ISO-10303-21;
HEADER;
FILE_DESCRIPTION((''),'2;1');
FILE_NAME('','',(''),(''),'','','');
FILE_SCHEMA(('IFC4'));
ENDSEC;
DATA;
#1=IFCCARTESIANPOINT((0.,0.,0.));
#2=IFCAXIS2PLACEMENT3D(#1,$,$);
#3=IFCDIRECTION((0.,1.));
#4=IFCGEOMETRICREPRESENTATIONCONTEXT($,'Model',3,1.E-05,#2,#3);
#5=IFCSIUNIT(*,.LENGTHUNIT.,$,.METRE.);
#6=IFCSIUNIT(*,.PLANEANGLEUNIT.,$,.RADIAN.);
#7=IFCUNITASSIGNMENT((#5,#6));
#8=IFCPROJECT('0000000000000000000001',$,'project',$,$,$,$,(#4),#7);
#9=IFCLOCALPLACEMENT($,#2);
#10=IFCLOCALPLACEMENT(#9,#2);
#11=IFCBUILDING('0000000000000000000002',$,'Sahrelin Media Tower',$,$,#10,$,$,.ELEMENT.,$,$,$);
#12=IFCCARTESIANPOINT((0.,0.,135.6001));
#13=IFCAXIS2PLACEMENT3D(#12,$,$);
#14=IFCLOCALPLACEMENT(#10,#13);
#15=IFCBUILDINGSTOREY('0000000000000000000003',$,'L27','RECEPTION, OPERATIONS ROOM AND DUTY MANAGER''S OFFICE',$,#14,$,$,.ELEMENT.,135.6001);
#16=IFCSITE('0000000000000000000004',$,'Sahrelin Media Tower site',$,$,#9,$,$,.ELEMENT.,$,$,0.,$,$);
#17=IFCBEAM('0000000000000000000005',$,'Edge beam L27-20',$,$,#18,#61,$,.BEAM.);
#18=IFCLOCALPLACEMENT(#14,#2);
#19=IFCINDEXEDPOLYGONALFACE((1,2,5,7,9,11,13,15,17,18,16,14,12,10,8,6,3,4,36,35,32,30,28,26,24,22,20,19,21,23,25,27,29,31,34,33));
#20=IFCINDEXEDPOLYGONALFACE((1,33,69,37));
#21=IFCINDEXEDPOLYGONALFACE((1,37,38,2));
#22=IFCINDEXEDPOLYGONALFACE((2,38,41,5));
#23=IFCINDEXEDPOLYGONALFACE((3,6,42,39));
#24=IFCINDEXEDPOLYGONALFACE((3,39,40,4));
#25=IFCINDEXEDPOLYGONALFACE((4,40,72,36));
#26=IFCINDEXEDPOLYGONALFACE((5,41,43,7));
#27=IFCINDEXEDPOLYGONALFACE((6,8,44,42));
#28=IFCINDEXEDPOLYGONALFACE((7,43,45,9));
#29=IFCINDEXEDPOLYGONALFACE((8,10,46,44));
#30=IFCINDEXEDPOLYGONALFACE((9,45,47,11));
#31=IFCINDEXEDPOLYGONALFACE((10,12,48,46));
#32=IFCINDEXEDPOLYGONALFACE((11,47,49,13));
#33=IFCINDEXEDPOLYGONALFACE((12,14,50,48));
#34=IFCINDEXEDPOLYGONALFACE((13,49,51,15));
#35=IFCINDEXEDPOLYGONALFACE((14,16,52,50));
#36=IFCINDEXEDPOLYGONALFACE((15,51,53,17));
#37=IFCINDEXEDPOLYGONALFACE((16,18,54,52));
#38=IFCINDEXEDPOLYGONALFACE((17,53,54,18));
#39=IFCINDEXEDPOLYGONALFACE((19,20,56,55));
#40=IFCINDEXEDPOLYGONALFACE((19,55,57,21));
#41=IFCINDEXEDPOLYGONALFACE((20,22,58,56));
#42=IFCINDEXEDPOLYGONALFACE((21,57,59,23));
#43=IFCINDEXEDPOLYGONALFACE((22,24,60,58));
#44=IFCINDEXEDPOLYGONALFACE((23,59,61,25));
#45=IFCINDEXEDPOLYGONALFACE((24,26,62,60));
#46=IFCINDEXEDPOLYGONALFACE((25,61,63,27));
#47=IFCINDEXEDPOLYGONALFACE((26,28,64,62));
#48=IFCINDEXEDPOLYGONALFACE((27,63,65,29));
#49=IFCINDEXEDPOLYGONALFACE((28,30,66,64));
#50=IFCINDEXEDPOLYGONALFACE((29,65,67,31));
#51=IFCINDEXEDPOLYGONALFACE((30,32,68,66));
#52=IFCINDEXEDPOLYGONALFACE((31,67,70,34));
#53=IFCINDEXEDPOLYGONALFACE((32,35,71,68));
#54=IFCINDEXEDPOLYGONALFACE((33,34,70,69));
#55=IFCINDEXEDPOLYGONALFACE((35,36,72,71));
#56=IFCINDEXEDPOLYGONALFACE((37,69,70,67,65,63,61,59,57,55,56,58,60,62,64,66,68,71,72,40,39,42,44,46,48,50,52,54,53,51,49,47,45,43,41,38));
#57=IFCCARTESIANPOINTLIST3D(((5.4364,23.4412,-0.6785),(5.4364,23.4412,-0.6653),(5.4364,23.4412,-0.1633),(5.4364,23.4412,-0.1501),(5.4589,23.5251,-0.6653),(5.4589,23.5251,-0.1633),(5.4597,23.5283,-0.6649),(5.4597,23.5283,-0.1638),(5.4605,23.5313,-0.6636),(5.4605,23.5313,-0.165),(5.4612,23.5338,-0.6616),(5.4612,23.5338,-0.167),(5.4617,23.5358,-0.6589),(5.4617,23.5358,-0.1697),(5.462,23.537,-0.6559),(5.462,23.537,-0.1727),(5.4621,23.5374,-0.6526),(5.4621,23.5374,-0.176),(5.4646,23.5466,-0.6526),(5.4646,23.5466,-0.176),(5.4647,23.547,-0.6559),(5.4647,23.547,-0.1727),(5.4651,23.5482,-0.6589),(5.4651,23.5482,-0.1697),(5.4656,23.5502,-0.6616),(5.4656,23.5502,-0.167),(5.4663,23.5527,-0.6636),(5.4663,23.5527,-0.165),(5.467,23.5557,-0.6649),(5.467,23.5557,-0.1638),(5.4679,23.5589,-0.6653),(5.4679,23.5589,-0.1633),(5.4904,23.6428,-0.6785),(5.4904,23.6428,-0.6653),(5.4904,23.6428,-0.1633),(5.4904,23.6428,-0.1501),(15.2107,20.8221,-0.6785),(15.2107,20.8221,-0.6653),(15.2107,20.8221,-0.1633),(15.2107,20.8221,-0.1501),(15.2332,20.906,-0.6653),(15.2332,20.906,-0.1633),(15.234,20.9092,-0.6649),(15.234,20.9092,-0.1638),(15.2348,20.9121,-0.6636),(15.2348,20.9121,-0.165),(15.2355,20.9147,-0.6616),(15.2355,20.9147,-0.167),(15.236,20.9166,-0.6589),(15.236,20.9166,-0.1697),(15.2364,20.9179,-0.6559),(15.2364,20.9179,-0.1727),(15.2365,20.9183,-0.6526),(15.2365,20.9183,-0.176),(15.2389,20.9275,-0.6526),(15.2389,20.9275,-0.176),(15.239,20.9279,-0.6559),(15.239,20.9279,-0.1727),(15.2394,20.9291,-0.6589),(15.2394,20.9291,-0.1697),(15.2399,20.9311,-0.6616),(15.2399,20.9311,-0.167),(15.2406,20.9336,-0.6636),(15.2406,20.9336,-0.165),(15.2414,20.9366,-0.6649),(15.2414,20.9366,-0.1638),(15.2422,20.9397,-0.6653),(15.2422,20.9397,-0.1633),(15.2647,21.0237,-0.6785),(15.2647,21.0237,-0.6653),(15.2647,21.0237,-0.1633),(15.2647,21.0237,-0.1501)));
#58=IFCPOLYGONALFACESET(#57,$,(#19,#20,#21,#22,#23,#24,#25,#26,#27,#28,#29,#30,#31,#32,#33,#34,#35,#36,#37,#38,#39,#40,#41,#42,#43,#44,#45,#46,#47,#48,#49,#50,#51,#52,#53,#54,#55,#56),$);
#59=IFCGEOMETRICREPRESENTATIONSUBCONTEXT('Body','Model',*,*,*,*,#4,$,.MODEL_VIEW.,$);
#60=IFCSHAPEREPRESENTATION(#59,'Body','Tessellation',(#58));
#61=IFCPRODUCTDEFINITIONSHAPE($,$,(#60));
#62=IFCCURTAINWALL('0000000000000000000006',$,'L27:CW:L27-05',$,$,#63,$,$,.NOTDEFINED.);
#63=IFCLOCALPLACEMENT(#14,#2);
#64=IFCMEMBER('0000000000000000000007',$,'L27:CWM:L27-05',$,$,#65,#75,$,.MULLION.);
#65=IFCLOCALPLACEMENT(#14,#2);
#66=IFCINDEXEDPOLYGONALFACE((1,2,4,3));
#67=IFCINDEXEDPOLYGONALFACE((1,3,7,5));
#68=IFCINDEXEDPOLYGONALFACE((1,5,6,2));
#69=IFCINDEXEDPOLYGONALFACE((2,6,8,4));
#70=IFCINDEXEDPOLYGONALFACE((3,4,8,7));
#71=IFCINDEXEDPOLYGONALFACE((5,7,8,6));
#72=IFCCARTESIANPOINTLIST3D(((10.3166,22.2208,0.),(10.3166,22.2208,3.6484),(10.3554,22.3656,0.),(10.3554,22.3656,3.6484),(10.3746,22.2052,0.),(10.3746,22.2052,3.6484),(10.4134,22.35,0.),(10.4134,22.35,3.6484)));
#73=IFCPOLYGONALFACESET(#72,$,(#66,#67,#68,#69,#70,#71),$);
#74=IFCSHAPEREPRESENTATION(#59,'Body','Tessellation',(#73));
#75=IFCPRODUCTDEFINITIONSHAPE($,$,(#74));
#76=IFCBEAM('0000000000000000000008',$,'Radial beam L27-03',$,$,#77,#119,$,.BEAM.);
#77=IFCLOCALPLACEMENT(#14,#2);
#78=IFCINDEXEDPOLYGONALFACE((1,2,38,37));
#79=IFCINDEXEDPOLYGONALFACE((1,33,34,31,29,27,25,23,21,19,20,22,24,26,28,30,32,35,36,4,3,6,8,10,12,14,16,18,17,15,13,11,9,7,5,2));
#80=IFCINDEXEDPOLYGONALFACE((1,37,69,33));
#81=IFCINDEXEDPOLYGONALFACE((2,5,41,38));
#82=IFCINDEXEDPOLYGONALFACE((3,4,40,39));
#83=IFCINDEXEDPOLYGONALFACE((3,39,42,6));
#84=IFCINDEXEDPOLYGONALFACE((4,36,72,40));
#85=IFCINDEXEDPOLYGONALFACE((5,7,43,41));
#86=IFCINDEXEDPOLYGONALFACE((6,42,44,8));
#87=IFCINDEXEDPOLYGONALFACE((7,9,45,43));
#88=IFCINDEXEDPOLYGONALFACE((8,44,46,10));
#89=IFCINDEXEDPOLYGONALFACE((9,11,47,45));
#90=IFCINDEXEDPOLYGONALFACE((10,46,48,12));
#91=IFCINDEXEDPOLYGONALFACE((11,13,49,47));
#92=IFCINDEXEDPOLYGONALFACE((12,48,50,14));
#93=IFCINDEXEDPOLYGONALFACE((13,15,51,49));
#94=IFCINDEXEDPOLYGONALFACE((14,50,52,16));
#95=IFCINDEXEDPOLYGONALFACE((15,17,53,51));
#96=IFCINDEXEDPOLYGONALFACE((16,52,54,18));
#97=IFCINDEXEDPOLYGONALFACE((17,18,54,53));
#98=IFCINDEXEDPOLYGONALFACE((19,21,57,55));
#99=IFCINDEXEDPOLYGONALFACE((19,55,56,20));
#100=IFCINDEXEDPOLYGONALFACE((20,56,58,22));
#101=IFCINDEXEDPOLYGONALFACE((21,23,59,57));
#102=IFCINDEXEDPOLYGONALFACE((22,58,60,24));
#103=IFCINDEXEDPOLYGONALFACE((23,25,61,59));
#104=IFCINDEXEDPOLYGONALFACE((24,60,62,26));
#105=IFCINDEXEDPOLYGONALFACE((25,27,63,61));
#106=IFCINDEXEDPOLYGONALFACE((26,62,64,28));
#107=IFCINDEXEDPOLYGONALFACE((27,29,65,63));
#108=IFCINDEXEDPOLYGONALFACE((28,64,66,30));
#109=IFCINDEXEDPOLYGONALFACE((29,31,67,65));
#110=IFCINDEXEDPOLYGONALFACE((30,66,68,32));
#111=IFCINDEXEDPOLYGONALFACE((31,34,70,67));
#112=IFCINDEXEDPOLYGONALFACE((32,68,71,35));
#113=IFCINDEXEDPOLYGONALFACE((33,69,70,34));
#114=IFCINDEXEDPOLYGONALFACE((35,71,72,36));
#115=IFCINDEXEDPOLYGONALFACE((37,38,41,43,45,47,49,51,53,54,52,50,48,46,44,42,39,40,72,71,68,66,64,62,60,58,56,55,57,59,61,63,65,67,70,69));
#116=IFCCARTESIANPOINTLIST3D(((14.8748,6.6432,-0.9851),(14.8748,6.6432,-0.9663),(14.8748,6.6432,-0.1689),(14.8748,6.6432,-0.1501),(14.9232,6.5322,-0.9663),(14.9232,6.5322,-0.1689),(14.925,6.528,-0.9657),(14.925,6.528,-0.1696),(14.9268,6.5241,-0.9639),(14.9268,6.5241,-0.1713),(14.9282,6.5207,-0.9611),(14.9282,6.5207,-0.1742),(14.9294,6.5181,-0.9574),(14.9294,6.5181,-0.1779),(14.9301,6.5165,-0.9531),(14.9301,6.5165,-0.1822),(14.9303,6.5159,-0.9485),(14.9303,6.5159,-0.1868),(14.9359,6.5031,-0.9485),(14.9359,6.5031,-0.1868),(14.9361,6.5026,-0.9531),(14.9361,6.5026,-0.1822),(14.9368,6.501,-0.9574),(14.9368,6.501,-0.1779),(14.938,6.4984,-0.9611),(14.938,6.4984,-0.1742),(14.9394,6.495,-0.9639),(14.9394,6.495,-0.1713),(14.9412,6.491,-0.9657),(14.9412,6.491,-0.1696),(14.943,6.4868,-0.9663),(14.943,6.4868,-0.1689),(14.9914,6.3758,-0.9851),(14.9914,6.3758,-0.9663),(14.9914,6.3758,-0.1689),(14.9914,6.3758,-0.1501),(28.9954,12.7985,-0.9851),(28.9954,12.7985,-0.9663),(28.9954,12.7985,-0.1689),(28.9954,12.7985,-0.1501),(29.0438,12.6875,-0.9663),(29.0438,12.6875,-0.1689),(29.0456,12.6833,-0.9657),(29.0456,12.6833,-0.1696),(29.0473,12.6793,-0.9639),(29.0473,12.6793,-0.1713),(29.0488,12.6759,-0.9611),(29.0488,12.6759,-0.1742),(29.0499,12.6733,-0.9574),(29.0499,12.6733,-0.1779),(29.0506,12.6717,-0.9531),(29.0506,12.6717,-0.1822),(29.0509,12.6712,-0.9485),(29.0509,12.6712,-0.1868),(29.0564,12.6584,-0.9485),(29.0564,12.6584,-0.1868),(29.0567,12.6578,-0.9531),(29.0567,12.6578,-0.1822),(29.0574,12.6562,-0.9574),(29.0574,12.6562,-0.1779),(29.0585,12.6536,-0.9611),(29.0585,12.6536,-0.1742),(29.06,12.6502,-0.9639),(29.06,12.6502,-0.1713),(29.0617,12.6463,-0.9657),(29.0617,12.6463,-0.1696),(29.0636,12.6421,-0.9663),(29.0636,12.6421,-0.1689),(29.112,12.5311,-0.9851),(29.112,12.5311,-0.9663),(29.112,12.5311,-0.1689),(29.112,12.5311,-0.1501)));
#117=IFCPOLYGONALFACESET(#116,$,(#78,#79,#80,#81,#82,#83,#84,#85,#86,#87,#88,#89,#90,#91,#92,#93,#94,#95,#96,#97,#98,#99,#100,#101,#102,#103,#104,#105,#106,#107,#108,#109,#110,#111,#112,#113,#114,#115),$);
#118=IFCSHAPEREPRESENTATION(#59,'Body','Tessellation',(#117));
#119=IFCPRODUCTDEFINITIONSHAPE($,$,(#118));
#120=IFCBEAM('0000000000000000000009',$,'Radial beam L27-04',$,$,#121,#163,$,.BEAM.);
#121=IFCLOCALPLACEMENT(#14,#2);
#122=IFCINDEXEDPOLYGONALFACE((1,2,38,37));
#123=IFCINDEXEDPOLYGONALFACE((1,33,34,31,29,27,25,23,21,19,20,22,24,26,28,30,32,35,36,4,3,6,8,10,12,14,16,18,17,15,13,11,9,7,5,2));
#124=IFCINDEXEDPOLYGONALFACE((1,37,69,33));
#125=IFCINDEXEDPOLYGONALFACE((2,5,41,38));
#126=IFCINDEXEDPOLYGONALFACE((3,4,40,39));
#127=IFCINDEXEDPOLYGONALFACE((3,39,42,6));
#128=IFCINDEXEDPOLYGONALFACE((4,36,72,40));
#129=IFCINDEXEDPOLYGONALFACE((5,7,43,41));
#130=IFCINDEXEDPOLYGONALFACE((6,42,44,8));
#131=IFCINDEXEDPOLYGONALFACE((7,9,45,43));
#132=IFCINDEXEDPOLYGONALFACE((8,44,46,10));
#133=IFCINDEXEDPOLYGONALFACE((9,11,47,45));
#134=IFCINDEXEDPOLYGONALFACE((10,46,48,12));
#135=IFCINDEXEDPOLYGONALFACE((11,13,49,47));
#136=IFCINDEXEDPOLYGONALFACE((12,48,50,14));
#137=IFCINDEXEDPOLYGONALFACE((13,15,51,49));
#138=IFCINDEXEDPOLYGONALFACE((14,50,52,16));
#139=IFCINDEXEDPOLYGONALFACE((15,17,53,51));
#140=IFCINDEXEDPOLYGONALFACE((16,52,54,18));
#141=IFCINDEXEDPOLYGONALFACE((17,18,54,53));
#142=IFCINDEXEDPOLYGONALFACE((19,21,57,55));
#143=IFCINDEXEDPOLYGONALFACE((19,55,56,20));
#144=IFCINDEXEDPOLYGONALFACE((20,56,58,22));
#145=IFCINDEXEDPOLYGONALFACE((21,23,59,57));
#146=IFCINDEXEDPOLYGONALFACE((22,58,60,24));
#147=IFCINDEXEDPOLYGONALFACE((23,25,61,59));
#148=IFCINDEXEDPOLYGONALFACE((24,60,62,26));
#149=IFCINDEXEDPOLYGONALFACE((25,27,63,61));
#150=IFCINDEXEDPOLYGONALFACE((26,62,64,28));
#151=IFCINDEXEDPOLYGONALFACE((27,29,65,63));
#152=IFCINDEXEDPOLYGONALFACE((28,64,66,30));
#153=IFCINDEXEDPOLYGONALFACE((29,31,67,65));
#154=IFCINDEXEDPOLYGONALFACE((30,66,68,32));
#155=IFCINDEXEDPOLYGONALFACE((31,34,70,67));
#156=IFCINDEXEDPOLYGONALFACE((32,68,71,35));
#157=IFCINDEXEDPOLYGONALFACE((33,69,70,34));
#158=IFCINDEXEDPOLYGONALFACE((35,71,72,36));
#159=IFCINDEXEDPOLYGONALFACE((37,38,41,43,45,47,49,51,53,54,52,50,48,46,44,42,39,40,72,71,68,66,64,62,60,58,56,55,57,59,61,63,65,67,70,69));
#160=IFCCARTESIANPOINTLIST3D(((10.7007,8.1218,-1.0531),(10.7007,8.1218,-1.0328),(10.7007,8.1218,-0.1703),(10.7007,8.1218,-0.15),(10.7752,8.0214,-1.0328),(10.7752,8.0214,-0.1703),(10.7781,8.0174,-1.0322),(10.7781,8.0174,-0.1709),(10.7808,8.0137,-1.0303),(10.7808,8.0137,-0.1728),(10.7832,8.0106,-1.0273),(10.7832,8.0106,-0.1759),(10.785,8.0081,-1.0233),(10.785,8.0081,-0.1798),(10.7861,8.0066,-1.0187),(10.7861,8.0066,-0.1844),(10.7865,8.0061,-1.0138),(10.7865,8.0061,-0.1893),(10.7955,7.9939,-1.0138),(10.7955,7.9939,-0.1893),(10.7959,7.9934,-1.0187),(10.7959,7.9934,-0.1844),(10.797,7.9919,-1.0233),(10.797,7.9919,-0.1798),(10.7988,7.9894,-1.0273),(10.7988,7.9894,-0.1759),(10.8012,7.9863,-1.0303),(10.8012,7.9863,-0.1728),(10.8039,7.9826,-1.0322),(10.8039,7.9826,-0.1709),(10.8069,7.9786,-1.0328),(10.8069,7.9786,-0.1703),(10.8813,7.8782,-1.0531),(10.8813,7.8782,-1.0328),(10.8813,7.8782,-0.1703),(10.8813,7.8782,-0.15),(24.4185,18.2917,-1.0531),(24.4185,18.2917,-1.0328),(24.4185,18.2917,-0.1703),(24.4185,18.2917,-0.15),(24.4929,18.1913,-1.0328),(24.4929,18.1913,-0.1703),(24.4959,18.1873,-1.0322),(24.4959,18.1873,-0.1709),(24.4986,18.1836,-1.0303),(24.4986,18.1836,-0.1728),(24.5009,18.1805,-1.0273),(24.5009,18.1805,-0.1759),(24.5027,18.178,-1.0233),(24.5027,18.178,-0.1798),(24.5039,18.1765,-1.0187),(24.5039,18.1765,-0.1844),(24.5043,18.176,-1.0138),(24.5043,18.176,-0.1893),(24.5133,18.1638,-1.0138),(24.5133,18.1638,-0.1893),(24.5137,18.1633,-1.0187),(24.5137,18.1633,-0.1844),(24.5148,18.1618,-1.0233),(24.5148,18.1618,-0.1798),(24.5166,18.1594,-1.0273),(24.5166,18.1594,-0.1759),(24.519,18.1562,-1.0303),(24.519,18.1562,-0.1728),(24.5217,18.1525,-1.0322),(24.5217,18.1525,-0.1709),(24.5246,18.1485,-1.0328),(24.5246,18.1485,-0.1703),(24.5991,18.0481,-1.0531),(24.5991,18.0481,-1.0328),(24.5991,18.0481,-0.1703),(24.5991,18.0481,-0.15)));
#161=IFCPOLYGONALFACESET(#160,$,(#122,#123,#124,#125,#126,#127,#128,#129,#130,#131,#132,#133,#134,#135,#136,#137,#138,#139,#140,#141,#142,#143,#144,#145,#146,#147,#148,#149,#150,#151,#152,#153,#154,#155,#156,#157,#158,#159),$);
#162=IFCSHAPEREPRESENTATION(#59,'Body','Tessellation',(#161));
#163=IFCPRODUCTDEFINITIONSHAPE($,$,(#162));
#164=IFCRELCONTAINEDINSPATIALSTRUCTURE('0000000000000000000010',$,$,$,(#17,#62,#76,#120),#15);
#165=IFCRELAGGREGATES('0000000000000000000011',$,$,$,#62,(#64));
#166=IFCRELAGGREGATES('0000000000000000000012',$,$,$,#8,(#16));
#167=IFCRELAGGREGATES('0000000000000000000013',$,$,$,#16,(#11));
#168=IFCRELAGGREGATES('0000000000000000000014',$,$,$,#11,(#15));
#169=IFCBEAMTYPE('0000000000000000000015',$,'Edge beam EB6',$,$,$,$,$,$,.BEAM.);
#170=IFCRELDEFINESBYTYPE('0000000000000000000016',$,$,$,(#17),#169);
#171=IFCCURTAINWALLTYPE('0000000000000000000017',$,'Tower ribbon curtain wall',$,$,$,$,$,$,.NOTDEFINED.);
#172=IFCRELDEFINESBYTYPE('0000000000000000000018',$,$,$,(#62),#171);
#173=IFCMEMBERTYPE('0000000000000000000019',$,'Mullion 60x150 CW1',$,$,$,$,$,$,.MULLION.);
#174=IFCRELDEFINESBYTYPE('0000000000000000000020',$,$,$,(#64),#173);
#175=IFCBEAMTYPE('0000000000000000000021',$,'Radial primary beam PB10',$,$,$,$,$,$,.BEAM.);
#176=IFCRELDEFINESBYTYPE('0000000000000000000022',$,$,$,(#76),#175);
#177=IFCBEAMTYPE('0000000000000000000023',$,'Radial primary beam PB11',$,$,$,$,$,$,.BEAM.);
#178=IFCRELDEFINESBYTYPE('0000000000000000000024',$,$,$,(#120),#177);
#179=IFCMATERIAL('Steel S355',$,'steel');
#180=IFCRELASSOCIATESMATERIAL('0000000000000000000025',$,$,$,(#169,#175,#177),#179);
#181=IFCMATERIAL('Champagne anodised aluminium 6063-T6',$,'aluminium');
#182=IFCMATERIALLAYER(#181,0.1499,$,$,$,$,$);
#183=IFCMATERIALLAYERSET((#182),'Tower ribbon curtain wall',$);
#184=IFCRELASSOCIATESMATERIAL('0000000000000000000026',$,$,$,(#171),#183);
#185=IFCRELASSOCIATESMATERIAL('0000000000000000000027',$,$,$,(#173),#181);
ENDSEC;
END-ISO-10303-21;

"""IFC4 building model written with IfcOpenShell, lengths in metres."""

from ifc_helpers import new_model, si_unit, direction, frame, origin, origin_2d, place, context, subcontext, project, spatial, rectangle, i_section, extrude, material, layer, layer_set, material_profile, profile_set, type_object, element, aggregate, save


model = new_model("IFC4")

# Units and contexts
model_context = context("Model", 3, precision=1e-05, world=origin(), true_north=direction((0.0, 1.0)))
body_context = subcontext(model_context, "Body", "Model", "MODEL_VIEW")
ifc_project = project(units=[si_unit("LENGTHUNIT", "METRE"), si_unit("PLANEANGLEUNIT", "RADIAN")], contexts=[model_context])

# Site, building, storey
site_placement = place(None, origin())
site = spatial("IfcSite", under=ifc_project, at=site_placement, Name="Sahrelin Media Tower site", CompositionType="ELEMENT", RefElevation=0.0)
building_placement = place(site_placement, origin())
building = spatial("IfcBuilding", under=site, at=building_placement, Name="Sahrelin Media Tower", CompositionType="ELEMENT")
storey_placement = place(building_placement, frame((0.0, 0.0, 135.6001)))
storey = spatial("IfcBuildingStorey", under=building, at=storey_placement, Name="L27", Description="RECEPTION, OPERATIONS ROOM AND DUTY MANAGER'S OFFICE", CompositionType="ELEMENT", Elevation=135.6001)

# Beam
ifc_material_1 = material(Name="Steel S355", Category="steel")
ifc_material_profile_1 = material_profile(ifc_material_1, i_section(OverallWidth=0.2087, OverallDepth=0.5283, WebThickness=0.0095, FlangeThickness=0.0132, FilletRadius=0.0127, at=origin_2d()), Name="UB 533x210x82")
ifc_profile_set_1 = profile_set([ifc_material_profile_1], Name="Steel S355")
beam_type_1 = type_object("IfcBeamType", Name="Edge beam EB6", PredefinedType="BEAM", material=ifc_profile_set_1)
beam_1_placement = place(storey_placement, frame((5.4634, 23.542, -0.4143), z_axis=(0.965923, -0.258828, 0.0), x_axis=(0.258828, 0.965923, 0.0)))
element("IfcBeam", 1, at=beam_1_placement, inside=storey, type_object=beam_type_1, Name="Edge beam L27-20", PredefinedType="BEAM", context=body_context, shape_type="SweptSolid", body=[
    extrude(i_section(OverallWidth=0.2087, OverallDepth=0.5283, WebThickness=0.0095, FlangeThickness=0.0132, FilletRadius=0.0127, at=origin_2d()), origin(), (0.0, 0.0, 1.0), 10.1191),
])

# Curtain wall, member
ifc_material_2 = material(Name="Champagne anodised aluminium 6063-T6", Category="aluminium")
ifc_layer_1 = layer(ifc_material_2, 0.1499)
ifc_layer_set_1 = layer_set([ifc_layer_1], Name="Tower ribbon curtain wall")
curtain_wall_type = type_object("IfcCurtainWallType", Name="Tower ribbon curtain wall", PredefinedType="NOTDEFINED", material=ifc_layer_set_1)
curtain_wall_1_placement = place(storey_placement, frame((10.3894, 22.3772, 0.0), z_axis=(0.0, 0.0, 1.0), x_axis=(1.0, 0.0, 0.0)))
curtain_wall_1 = element("IfcCurtainWall", 2, at=curtain_wall_1_placement, inside=storey, type_object=curtain_wall_type, Name="L27:CW:L27-05", PredefinedType="NOTDEFINED")
ifc_material_profile_2 = material_profile(ifc_material_2, rectangle(XDim=0.0601, YDim=0.1499, at=origin_2d()), Name="Mullion 60x150")
ifc_profile_set_2 = profile_set([ifc_material_profile_2], Name="Champagne anodised aluminium 6063-T6")
member_type_1 = type_object("IfcMemberType", Name="Mullion 60x150 CW1", PredefinedType="MULLION", material=ifc_profile_set_2)
member_1_placement = place(storey_placement, frame((10.365, 22.2854, 0.0), z_axis=(0.0, 0.0, 1.0), x_axis=(-0.965926, 0.258819, 0.0)))
member_1 = element("IfcMember", 3, at=member_1_placement, type_object=member_type_1, Name="L27:CWM:L27-05", PredefinedType="MULLION", context=body_context, shape_type="SweptSolid", body=[
    extrude(rectangle(XDim=0.0601, YDim=0.1499, at=origin_2d()), origin(), (0.0, 0.0, 1.0), 3.6484),
])
aggregate(curtain_wall_1, [member_1])

# Beams
ifc_material_profile_3 = material_profile(ifc_material_1, i_section(OverallWidth=0.2917, OverallDepth=0.835, WebThickness=0.0139, FlangeThickness=0.0188, FilletRadius=0.0178, at=origin_2d()), Name="UB 838x292x176")
ifc_profile_set_3 = profile_set([ifc_material_profile_3], Name="Steel S355")
beam_type_2 = type_object("IfcBeamType", Name="Radial primary beam PB10", PredefinedType="BEAM", material=ifc_profile_set_3)
beam_2_placement = place(storey_placement, frame((14.9331, 6.5095, -0.5676), z_axis=(0.916693, 0.399593, 0.0), x_axis=(-0.399593, 0.916693, 0.0)))
element("IfcBeam", 4, at=beam_2_placement, inside=storey, type_object=beam_type_2, Name="Radial beam L27-03", PredefinedType="BEAM", context=body_context, shape_type="SweptSolid", body=[
    extrude(i_section(OverallWidth=0.2917, OverallDepth=0.835, WebThickness=0.0139, FlangeThickness=0.0188, FilletRadius=0.0178, at=origin_2d()), origin(), (0.0, 0.0, 1.0), 15.4038),
])
ifc_material_profile_4 = material_profile(ifc_material_1, i_section(OverallWidth=0.3032, OverallDepth=0.9031, WebThickness=0.0151, FlangeThickness=0.0203, FilletRadius=0.019, at=origin_2d()), Name="UB 914x305x201")
ifc_profile_set_4 = profile_set([ifc_material_profile_4], Name="Steel S355")
beam_type_3 = type_object("IfcBeamType", Name="Radial primary beam PB11", PredefinedType="BEAM", material=ifc_profile_set_4)
beam_3_placement = place(storey_placement, frame((10.791, 8.0, -0.6016), z_axis=(0.803316, 0.595553, 0.0), x_axis=(-0.595553, 0.803316, 0.0)))
element("IfcBeam", 5, at=beam_3_placement, inside=storey, type_object=beam_type_3, Name="Radial beam L27-04", PredefinedType="BEAM", context=body_context, shape_type="SweptSolid", body=[
    extrude(i_section(OverallWidth=0.3032, OverallDepth=0.9031, WebThickness=0.0151, FlangeThickness=0.0203, FilletRadius=0.019, at=origin_2d()), origin(), (0.0, 0.0, 1.0), 17.0764),
])

save(model, "model.ifc")
